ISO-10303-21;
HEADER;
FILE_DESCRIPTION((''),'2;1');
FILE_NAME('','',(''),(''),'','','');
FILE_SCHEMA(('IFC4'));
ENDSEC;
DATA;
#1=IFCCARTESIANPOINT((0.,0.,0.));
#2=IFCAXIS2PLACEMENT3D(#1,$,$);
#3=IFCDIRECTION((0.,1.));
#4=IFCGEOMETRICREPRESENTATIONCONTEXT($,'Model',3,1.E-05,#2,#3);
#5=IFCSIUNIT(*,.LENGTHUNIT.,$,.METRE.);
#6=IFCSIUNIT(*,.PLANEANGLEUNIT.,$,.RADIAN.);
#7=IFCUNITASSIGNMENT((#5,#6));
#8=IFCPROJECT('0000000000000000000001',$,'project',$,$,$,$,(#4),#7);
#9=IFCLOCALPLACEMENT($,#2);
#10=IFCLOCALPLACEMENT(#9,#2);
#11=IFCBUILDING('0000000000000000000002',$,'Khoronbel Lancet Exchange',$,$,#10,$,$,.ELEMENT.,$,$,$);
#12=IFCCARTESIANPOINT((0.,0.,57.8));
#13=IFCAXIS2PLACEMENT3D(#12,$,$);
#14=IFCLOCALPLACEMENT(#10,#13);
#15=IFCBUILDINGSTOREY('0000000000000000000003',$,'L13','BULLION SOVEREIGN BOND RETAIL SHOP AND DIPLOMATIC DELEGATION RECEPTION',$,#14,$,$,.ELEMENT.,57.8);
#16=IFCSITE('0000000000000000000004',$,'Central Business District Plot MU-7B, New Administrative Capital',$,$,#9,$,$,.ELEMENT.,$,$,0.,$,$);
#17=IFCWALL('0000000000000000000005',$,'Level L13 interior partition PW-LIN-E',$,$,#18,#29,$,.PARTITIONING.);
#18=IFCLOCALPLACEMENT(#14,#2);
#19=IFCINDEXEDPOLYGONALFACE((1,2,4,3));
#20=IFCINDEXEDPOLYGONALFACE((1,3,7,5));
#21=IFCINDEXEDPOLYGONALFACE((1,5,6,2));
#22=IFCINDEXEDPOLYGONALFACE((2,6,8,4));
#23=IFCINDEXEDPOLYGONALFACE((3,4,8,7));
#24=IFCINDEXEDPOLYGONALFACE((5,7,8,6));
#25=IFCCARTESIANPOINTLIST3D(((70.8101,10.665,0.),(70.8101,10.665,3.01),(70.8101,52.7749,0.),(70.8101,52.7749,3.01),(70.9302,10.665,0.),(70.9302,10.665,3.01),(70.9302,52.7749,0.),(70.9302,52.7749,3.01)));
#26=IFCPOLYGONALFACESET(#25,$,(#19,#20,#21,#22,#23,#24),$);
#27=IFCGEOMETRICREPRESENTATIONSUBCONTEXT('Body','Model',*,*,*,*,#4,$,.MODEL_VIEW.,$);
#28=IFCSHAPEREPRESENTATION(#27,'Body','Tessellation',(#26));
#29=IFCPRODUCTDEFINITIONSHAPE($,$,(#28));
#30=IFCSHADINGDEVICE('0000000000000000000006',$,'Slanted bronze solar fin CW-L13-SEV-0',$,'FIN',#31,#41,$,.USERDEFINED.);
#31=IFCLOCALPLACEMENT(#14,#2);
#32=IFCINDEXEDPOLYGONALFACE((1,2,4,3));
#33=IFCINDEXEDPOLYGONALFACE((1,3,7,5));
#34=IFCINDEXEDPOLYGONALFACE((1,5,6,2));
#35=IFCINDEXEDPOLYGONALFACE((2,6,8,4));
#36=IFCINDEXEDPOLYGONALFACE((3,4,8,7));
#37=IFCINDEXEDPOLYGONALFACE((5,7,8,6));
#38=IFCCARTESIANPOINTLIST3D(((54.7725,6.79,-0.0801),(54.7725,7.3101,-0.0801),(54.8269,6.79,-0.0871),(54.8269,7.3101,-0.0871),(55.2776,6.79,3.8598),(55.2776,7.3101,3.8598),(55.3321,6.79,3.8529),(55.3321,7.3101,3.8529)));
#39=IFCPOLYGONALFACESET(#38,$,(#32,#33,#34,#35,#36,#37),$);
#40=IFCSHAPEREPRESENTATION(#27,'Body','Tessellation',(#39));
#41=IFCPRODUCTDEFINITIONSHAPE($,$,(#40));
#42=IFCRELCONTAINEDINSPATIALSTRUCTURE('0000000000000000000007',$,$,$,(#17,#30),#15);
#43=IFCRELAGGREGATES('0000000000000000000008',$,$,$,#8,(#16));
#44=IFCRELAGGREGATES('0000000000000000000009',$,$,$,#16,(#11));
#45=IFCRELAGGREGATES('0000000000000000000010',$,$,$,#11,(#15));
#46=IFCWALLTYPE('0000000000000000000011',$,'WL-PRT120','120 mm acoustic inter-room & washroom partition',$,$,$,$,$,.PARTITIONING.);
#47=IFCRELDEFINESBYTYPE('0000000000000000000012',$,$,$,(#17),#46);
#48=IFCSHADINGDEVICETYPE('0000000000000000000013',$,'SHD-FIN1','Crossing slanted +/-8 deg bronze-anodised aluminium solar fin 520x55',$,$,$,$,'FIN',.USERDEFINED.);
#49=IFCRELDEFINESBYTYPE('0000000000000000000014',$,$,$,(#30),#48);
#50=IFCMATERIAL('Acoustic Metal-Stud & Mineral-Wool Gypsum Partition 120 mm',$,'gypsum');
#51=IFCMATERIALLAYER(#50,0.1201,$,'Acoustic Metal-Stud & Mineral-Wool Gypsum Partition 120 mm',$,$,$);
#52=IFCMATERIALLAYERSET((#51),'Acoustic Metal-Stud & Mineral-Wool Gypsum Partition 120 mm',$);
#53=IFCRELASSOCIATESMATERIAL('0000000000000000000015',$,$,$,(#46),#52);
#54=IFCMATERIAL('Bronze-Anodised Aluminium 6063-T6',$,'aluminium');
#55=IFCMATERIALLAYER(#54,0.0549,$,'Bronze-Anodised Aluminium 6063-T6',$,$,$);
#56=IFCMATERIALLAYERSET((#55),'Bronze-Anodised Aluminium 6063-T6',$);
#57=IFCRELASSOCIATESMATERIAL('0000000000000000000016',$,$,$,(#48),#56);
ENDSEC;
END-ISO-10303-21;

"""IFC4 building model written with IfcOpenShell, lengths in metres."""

from ifc_helpers import new_model, si_unit, direction, frame, frame_2d, origin, place, context, subcontext, project, spatial, polyline, rectangle, outline, extrude, material, layer, layer_set, type_object, element, save


model = new_model("IFC4")

# Units and contexts
model_context = context("Model", 3, precision=1e-05, world=origin(), true_north=direction((0.0, 1.0)))
body_context = subcontext(model_context, "Body", "Model", "MODEL_VIEW")
ifc_project = project(units=[si_unit("LENGTHUNIT", "METRE"), si_unit("PLANEANGLEUNIT", "RADIAN")], contexts=[model_context])

# Site, building, storey
site_placement = place(None, origin())
site = spatial("IfcSite", under=ifc_project, at=site_placement, Name="Central Business District Plot MU-7B, New Administrative Capital", CompositionType="ELEMENT", RefElevation=0.0)
building_placement = place(site_placement, origin())
building = spatial("IfcBuilding", under=site, at=building_placement, Name="Khoronbel Lancet Exchange", CompositionType="ELEMENT")
storey_placement = place(building_placement, frame((0.0, 0.0, 57.8)))
storey = spatial("IfcBuildingStorey", under=building, at=storey_placement, Name="L13", Description="BULLION SOVEREIGN BOND RETAIL SHOP AND DIPLOMATIC DELEGATION RECEPTION", CompositionType="ELEMENT", Elevation=57.8)

# Shared definitions
ifc_material_1 = material(Name="Bronze-Anodised Aluminium 6063-T6", Category="aluminium")

# Wall
ifc_material_2 = material(Name="Acoustic Metal-Stud & Mineral-Wool Gypsum Partition 120 mm", Category="gypsum")
ifc_layer_1 = layer(ifc_material_2, 0.1201, Name="Acoustic Metal-Stud & Mineral-Wool Gypsum Partition 120 mm")
ifc_layer_set_1 = layer_set([ifc_layer_1], Name="Acoustic Metal-Stud & Mineral-Wool Gypsum Partition 120 mm")
wall_type_1 = type_object("IfcWallType", Name="WL-PRT120", Description="120 mm acoustic inter-room & washroom partition", PredefinedType="PARTITIONING", material=ifc_layer_set_1)
wall_1_placement = place(storey_placement, frame((70.8701, 10.665, 0.0), z_axis=(0.0, 0.0, 1.0), x_axis=(0.0, 1.0, 0.0)))
element("IfcWall", 1, at=wall_1_placement, inside=storey, type_object=wall_type_1, Name="Level L13 interior partition PW-LIN-E", PredefinedType="PARTITIONING", context=body_context, shape_type="SweptSolid", body=[
    extrude(rectangle(XDim=42.1099, YDim=0.1201, at=frame_2d((21.0549, 0.0))), origin(), (0.0, 0.0, 1.0), 3.01),
])

# Shading device
ifc_layer_2 = layer(ifc_material_1, 0.0549, Name="Bronze-Anodised Aluminium 6063-T6")
ifc_layer_set_2 = layer_set([ifc_layer_2], Name="Bronze-Anodised Aluminium 6063-T6")
shading_device_type = type_object("IfcShadingDeviceType", Name="SHD-FIN1", Description="Crossing slanted +/-8 deg bronze-anodised aluminium solar fin 520x55", ElementType="FIN", PredefinedType="USERDEFINED", material=ifc_layer_set_2)
shading_device_placement = place(storey_placement, frame((54.7725, 7.3101, -0.0801), z_axis=(-0.991881, 0.0, 0.127166), x_axis=(0.0, -1.0, 0.0)))
element("IfcShadingDevice", 2, at=shading_device_placement, inside=storey, type_object=shading_device_type, Name="Slanted bronze solar fin CW-L13-SEV-0", ObjectType="FIN", PredefinedType="USERDEFINED", context=body_context, shape_type="SweptSolid", body=[
    extrude(outline(polyline([(0.0, 0.0), (0.52, 0.0), (0.52, 3.9722), (0.0, 3.9722), (0.0, 0.0)])), origin(), (0.0, 0.0, -1.0), 0.0549),
])

save(model, "model.ifc")
